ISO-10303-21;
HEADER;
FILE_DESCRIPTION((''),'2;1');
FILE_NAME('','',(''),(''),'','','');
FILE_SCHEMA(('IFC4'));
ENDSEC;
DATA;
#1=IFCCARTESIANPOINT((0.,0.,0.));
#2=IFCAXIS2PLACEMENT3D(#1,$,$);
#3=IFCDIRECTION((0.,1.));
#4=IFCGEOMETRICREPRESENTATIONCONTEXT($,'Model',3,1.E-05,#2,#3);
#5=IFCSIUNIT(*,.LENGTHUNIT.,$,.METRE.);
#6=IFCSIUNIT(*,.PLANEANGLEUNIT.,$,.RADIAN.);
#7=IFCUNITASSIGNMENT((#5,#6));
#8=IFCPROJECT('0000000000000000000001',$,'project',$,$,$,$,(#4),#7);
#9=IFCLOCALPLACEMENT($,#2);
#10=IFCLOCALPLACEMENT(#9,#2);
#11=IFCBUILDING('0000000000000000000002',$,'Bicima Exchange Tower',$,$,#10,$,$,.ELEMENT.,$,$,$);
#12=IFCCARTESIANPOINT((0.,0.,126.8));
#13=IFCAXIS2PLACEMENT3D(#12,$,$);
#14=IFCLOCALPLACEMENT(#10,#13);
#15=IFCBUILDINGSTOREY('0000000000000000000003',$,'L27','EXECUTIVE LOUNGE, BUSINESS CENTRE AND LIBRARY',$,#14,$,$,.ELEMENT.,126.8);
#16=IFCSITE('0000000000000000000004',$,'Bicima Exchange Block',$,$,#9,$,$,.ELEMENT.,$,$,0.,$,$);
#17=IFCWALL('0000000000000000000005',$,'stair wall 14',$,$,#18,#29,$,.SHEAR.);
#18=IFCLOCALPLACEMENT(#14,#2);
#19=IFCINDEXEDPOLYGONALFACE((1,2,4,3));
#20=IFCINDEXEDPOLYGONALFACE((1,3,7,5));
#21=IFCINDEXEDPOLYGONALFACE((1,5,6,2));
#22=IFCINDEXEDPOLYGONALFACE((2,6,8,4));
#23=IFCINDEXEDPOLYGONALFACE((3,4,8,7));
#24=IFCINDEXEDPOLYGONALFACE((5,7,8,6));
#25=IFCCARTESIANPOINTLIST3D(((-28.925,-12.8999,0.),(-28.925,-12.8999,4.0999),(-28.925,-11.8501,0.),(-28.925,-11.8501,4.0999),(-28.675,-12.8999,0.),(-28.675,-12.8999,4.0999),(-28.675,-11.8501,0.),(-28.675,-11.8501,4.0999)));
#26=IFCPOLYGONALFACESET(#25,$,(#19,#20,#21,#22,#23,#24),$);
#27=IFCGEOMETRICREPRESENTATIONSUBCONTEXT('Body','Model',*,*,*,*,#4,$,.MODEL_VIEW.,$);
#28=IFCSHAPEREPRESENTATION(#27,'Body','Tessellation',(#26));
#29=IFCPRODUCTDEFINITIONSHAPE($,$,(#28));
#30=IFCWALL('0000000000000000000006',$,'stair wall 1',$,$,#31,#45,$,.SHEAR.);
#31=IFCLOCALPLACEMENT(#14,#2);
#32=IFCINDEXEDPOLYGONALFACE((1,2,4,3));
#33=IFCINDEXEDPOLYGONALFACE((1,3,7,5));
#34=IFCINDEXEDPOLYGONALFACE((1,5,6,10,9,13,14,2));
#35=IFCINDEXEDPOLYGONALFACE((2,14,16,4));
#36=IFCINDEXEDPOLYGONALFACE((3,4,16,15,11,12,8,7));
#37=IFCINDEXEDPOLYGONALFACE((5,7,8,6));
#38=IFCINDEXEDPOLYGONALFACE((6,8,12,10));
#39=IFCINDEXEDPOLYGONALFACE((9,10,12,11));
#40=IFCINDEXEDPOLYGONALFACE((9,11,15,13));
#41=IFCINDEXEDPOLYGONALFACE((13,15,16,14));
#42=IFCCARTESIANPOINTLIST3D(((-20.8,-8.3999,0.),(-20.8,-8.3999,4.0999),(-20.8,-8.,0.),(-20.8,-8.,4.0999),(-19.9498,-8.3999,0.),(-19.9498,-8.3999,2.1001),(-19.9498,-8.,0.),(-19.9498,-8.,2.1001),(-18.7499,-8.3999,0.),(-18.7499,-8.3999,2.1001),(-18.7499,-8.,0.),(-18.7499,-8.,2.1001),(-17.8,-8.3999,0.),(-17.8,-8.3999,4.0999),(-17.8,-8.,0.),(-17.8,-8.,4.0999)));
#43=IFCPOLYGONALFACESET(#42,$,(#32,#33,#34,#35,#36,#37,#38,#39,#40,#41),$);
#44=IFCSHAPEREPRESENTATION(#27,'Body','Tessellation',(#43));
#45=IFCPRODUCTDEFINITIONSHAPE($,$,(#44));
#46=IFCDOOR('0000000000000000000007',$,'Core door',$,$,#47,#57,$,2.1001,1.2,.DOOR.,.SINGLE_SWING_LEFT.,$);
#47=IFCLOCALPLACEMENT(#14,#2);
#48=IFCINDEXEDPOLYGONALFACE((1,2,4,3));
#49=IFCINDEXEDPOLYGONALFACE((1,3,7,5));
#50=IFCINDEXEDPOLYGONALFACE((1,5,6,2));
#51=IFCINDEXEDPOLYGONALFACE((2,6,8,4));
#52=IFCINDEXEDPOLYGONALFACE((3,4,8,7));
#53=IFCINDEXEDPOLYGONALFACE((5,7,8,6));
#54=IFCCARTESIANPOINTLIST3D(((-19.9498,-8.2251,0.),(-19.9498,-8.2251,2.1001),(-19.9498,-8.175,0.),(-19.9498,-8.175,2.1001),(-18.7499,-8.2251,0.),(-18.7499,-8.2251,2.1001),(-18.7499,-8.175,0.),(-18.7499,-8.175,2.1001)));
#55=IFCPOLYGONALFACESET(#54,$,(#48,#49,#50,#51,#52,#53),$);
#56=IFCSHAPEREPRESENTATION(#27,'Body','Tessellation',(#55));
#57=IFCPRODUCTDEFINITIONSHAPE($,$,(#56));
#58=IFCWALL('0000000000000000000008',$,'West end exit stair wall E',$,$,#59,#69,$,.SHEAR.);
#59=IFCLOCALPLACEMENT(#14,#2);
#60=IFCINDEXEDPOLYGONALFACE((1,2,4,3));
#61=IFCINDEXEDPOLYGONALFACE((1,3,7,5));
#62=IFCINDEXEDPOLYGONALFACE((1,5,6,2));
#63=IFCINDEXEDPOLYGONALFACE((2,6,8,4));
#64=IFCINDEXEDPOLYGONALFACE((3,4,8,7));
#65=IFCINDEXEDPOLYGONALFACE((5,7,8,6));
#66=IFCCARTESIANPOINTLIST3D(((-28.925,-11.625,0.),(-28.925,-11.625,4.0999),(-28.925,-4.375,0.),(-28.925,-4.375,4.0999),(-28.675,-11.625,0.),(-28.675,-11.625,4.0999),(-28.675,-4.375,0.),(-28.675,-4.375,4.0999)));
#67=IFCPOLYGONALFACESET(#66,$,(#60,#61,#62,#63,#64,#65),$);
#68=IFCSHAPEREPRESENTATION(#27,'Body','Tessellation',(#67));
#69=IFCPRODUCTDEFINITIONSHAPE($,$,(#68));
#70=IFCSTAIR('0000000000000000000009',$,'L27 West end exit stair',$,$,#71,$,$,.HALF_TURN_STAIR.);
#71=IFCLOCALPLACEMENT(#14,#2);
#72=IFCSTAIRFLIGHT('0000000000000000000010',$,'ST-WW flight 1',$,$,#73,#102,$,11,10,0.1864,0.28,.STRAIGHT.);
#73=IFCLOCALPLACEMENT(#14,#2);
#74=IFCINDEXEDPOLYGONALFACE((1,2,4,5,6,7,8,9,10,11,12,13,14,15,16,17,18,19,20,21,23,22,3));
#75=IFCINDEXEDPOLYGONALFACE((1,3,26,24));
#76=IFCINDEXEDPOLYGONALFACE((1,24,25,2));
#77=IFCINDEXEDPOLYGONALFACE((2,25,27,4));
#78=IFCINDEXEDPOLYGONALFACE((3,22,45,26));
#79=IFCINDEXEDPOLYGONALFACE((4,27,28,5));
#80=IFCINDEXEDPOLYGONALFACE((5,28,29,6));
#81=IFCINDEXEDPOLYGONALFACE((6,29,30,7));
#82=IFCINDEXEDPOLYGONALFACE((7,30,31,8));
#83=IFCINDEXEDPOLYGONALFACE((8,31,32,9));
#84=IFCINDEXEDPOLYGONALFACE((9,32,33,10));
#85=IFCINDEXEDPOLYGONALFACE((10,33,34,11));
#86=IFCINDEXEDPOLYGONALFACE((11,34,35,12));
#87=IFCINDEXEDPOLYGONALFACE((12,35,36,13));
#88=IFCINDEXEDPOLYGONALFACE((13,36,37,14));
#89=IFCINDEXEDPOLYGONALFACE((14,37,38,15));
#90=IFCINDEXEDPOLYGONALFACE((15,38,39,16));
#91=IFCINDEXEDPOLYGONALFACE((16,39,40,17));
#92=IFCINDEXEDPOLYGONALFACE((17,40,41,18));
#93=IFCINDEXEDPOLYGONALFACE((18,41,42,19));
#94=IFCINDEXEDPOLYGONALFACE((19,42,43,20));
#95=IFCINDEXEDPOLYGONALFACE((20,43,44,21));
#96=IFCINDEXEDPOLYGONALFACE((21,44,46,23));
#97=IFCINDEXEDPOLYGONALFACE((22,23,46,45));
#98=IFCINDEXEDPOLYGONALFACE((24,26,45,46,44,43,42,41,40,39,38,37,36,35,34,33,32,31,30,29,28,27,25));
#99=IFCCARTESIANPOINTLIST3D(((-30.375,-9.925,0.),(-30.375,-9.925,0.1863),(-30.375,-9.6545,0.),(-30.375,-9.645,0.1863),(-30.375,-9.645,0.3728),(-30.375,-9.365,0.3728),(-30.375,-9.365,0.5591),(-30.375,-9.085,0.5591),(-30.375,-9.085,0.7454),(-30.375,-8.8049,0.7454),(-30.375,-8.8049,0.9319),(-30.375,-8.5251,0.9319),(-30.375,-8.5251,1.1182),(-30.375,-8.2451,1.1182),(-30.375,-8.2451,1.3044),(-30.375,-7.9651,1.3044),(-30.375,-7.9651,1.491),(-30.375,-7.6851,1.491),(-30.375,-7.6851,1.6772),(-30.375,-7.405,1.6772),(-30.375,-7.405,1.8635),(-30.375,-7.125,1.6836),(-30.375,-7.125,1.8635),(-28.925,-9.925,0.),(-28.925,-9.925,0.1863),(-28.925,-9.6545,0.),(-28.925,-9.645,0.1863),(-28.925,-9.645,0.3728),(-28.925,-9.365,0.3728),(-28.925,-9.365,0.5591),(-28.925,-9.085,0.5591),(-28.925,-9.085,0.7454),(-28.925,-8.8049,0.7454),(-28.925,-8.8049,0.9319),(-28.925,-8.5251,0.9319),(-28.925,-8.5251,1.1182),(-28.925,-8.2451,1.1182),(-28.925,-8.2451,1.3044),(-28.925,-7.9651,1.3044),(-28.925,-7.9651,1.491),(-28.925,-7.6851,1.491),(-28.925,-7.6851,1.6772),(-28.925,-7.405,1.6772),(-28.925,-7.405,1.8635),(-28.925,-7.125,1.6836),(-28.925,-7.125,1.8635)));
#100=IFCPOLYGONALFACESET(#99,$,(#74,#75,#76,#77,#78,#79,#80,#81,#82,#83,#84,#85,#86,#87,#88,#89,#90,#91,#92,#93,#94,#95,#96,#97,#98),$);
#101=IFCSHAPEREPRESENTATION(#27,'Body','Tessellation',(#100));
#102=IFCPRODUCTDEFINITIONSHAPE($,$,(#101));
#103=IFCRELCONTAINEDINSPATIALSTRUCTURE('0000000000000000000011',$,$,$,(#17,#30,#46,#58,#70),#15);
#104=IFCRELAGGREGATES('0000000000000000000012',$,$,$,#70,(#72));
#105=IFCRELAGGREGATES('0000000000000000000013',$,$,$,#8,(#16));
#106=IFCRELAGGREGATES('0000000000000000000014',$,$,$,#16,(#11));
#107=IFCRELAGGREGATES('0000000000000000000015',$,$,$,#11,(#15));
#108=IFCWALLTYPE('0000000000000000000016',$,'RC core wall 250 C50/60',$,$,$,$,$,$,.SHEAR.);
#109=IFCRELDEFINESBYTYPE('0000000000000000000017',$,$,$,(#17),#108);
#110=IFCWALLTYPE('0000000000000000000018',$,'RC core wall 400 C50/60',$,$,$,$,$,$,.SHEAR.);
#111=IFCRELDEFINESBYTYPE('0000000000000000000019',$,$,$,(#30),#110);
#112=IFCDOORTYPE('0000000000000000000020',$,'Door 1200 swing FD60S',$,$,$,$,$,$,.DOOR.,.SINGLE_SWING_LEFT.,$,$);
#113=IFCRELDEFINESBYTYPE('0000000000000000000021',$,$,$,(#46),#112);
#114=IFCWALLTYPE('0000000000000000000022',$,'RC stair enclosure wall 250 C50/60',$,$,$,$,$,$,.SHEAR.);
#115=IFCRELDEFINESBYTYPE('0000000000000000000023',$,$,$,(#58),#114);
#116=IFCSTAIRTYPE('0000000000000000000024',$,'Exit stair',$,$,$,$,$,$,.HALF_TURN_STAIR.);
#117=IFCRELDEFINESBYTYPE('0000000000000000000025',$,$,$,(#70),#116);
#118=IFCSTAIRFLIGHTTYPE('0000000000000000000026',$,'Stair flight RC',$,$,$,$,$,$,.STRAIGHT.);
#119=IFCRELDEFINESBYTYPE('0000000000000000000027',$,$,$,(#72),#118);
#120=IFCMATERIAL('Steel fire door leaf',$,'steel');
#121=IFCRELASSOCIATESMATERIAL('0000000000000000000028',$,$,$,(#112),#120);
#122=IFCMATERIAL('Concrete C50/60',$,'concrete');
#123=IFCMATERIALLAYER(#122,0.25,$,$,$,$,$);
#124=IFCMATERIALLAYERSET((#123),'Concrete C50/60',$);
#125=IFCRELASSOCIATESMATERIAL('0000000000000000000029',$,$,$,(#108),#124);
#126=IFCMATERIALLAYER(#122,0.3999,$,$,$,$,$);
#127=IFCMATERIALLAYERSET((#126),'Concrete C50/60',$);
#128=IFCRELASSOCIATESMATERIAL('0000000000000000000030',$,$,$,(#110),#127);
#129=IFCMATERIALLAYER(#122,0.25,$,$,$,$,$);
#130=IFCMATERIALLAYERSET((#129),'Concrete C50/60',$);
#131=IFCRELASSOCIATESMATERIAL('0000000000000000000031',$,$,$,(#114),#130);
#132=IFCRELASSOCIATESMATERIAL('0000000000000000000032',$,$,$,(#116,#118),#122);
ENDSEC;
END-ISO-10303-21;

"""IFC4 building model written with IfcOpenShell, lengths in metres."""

from ifc_helpers import new_model, si_unit, direction, frame, frame_2d, origin, place, context, subcontext, project, spatial, polyline, rectangle, outline, extrude, material, layer, layer_set, type_object, element, fill, aggregate, save


model = new_model("IFC4")

# Units and contexts
model_context = context("Model", 3, precision=1e-05, world=origin(), true_north=direction((0.0, 1.0)))
body_context = subcontext(model_context, "Body", "Model", "MODEL_VIEW")
ifc_project = project(units=[si_unit("LENGTHUNIT", "METRE"), si_unit("PLANEANGLEUNIT", "RADIAN")], contexts=[model_context])

# Site, building, storey
site_placement = place(None, origin())
site = spatial("IfcSite", under=ifc_project, at=site_placement, Name="Bicima Exchange Block", CompositionType="ELEMENT", RefElevation=0.0)
building_placement = place(site_placement, origin())
building = spatial("IfcBuilding", under=site, at=building_placement, Name="Bicima Exchange Tower", CompositionType="ELEMENT")
storey_placement = place(building_placement, frame((0.0, 0.0, 126.8)))
storey = spatial("IfcBuildingStorey", under=building, at=storey_placement, Name="L27", Description="EXECUTIVE LOUNGE, BUSINESS CENTRE AND LIBRARY", CompositionType="ELEMENT", Elevation=126.8)

# Shared definitions
ifc_material_1 = material(Name="Steel fire door leaf", Category="steel")
door_type_1 = type_object("IfcDoorType", Name="Door 1200 swing FD60S", OperationType="SINGLE_SWING_LEFT", PredefinedType="DOOR", material=ifc_material_1)

# Wall
ifc_material_2 = material(Name="Concrete C50/60", Category="concrete")
ifc_layer_1 = layer(ifc_material_2, 0.25)
ifc_layer_set_1 = layer_set([ifc_layer_1], Name="Concrete C50/60")
wall_type_1 = type_object("IfcWallType", Name="RC core wall 250 C50/60", PredefinedType="SHEAR", material=ifc_layer_set_1)
wall_1_placement = place(storey_placement, frame((-28.8, -12.8999, 0.0), z_axis=(0.0, 0.0, 1.0), x_axis=(0.0, 1.0, 0.0)))
element("IfcWall", 1, at=wall_1_placement, inside=storey, type_object=wall_type_1, Name="stair wall 14", PredefinedType="SHEAR", context=body_context, shape_type="SweptSolid", body=[
    extrude(rectangle(XDim=1.0498, YDim=0.25, at=frame_2d((0.5249, 0.0))), origin(), (0.0, 0.0, 1.0), 4.0999),
])

# Wall, opening, door
ifc_layer_2 = layer(ifc_material_2, 0.3999)
ifc_layer_set_2 = layer_set([ifc_layer_2], Name="Concrete C50/60")
wall_type_2 = type_object("IfcWallType", Name="RC core wall 400 C50/60", PredefinedType="SHEAR", material=ifc_layer_set_2)
wall_2_placement = place(storey_placement, frame((-20.8, -8.2, 0.0), z_axis=(0.0, 0.0, 1.0), x_axis=(1.0, 0.0, 0.0)))
wall_2 = element("IfcWall", 2, at=wall_2_placement, inside=storey, type_object=wall_type_2, Name="stair wall 1", PredefinedType="SHEAR", context=body_context, shape_type="SweptSolid", body=[
    extrude(rectangle(XDim=3.0, YDim=0.3999, at=frame_2d((1.5, 0.0))), origin(), (0.0, 0.0, 1.0), 4.0999),
])
opening_1_placement = place(wall_2_placement, frame((0.8501, 0.0, 0.0)))
opening_1 = element("IfcOpeningElement", 3, at=opening_1_placement, cuts=wall_2, PredefinedType="OPENING", context=body_context, shape_type="SweptSolid", body=[
    extrude(rectangle(XDim=1.2, YDim=2.1001, at=frame_2d((0.6001, 1.05))), frame((0.0, 0.2119, 0.0), z_axis=(0.0, -1.0, 0.0), x_axis=(1.0, 0.0, 0.0)), (0.0, 0.0, 1.0), 0.4238),
])
door_1_placement = place(opening_1_placement, origin())
door_1 = element("IfcDoor", 4, at=door_1_placement, inside=storey, type_object=door_type_1, Name="Core door", OperationType="SINGLE_SWING_LEFT", OverallHeight=2.1001, OverallWidth=1.2, PredefinedType="DOOR", context=body_context, shape_type="SweptSolid", body=[
    extrude(rectangle(XDim=1.2, YDim=2.1001, at=frame_2d((0.6001, 1.05))), frame((0.0, 0.0249, 0.0), z_axis=(0.0, -1.0, 0.0), x_axis=(1.0, 0.0, 0.0)), (0.0, 0.0, 1.0), 0.05),
])
fill(opening_1, door_1)

# Wall
ifc_layer_3 = layer(ifc_material_2, 0.25)
ifc_layer_set_3 = layer_set([ifc_layer_3], Name="Concrete C50/60")
wall_type_3 = type_object("IfcWallType", Name="RC stair enclosure wall 250 C50/60", PredefinedType="SHEAR", material=ifc_layer_set_3)
wall_3_placement = place(storey_placement, frame((-28.8, -11.625, 0.0), z_axis=(0.0, 0.0, 1.0), x_axis=(0.0, 1.0, 0.0)))
element("IfcWall", 5, at=wall_3_placement, inside=storey, type_object=wall_type_3, Name="West end exit stair wall E", PredefinedType="SHEAR", context=body_context, shape_type="SweptSolid", body=[
    extrude(rectangle(XDim=7.25, YDim=0.25, at=frame_2d((3.625, 0.0))), origin(), (0.0, 0.0, 1.0), 4.0999),
])

# Stair, stair flight
stair_type = type_object("IfcStairType", Name="Exit stair", PredefinedType="HALF_TURN_STAIR", material=ifc_material_2)
stair_placement = place(storey_placement, origin())
stair = element("IfcStair", 6, at=stair_placement, inside=storey, type_object=stair_type, Name="L27 West end exit stair", PredefinedType="HALF_TURN_STAIR")
stair_flight_type = type_object("IfcStairFlightType", Name="Stair flight RC", PredefinedType="STRAIGHT", material=ifc_material_2)
stair_flight_placement = place(storey_placement, frame((-29.6499, -9.925, 0.0), z_axis=(0.0, 0.0, 1.0), x_axis=(0.0, 1.0, 0.0)))
stair_flight = element("IfcStairFlight", 7, at=stair_flight_placement, type_object=stair_flight_type, Name="ST-WW flight 1", NumberOfRisers=11, NumberOfTreads=10, PredefinedType="STRAIGHT", RiserHeight=0.1864, TreadLength=0.28, context=body_context, shape_type="SweptSolid", body=[
    extrude(outline(polyline([(0.0, 0.0), (0.0, 0.1863), (0.28, 0.1863), (0.28, 0.3728), (0.5601, 0.3728), (0.5601, 0.5591), (0.8401, 0.5591), (0.8401, 0.7454), (1.1201, 0.7454), (1.1201, 0.9319), (1.3999, 0.9319), (1.3999, 1.1182), (1.6799, 1.1182), (1.6799, 1.3044), (1.96, 1.3044), (1.96, 1.491), (2.24, 1.491), (2.24, 1.6772), (2.52, 1.6772), (2.52, 1.8635), (2.8, 1.8635), (2.8, 2.05), (2.8, 1.6836), (0.2705, 0.0), (0.0, 0.0)])), frame((0.0, 0.7251, 0.0), z_axis=(0.0, -1.0, 0.0), x_axis=(1.0, 0.0, 0.0)), (0.0, 0.0, 1.0), 1.45),
])
aggregate(stair, [stair_flight])

save(model, "model.ifc")
